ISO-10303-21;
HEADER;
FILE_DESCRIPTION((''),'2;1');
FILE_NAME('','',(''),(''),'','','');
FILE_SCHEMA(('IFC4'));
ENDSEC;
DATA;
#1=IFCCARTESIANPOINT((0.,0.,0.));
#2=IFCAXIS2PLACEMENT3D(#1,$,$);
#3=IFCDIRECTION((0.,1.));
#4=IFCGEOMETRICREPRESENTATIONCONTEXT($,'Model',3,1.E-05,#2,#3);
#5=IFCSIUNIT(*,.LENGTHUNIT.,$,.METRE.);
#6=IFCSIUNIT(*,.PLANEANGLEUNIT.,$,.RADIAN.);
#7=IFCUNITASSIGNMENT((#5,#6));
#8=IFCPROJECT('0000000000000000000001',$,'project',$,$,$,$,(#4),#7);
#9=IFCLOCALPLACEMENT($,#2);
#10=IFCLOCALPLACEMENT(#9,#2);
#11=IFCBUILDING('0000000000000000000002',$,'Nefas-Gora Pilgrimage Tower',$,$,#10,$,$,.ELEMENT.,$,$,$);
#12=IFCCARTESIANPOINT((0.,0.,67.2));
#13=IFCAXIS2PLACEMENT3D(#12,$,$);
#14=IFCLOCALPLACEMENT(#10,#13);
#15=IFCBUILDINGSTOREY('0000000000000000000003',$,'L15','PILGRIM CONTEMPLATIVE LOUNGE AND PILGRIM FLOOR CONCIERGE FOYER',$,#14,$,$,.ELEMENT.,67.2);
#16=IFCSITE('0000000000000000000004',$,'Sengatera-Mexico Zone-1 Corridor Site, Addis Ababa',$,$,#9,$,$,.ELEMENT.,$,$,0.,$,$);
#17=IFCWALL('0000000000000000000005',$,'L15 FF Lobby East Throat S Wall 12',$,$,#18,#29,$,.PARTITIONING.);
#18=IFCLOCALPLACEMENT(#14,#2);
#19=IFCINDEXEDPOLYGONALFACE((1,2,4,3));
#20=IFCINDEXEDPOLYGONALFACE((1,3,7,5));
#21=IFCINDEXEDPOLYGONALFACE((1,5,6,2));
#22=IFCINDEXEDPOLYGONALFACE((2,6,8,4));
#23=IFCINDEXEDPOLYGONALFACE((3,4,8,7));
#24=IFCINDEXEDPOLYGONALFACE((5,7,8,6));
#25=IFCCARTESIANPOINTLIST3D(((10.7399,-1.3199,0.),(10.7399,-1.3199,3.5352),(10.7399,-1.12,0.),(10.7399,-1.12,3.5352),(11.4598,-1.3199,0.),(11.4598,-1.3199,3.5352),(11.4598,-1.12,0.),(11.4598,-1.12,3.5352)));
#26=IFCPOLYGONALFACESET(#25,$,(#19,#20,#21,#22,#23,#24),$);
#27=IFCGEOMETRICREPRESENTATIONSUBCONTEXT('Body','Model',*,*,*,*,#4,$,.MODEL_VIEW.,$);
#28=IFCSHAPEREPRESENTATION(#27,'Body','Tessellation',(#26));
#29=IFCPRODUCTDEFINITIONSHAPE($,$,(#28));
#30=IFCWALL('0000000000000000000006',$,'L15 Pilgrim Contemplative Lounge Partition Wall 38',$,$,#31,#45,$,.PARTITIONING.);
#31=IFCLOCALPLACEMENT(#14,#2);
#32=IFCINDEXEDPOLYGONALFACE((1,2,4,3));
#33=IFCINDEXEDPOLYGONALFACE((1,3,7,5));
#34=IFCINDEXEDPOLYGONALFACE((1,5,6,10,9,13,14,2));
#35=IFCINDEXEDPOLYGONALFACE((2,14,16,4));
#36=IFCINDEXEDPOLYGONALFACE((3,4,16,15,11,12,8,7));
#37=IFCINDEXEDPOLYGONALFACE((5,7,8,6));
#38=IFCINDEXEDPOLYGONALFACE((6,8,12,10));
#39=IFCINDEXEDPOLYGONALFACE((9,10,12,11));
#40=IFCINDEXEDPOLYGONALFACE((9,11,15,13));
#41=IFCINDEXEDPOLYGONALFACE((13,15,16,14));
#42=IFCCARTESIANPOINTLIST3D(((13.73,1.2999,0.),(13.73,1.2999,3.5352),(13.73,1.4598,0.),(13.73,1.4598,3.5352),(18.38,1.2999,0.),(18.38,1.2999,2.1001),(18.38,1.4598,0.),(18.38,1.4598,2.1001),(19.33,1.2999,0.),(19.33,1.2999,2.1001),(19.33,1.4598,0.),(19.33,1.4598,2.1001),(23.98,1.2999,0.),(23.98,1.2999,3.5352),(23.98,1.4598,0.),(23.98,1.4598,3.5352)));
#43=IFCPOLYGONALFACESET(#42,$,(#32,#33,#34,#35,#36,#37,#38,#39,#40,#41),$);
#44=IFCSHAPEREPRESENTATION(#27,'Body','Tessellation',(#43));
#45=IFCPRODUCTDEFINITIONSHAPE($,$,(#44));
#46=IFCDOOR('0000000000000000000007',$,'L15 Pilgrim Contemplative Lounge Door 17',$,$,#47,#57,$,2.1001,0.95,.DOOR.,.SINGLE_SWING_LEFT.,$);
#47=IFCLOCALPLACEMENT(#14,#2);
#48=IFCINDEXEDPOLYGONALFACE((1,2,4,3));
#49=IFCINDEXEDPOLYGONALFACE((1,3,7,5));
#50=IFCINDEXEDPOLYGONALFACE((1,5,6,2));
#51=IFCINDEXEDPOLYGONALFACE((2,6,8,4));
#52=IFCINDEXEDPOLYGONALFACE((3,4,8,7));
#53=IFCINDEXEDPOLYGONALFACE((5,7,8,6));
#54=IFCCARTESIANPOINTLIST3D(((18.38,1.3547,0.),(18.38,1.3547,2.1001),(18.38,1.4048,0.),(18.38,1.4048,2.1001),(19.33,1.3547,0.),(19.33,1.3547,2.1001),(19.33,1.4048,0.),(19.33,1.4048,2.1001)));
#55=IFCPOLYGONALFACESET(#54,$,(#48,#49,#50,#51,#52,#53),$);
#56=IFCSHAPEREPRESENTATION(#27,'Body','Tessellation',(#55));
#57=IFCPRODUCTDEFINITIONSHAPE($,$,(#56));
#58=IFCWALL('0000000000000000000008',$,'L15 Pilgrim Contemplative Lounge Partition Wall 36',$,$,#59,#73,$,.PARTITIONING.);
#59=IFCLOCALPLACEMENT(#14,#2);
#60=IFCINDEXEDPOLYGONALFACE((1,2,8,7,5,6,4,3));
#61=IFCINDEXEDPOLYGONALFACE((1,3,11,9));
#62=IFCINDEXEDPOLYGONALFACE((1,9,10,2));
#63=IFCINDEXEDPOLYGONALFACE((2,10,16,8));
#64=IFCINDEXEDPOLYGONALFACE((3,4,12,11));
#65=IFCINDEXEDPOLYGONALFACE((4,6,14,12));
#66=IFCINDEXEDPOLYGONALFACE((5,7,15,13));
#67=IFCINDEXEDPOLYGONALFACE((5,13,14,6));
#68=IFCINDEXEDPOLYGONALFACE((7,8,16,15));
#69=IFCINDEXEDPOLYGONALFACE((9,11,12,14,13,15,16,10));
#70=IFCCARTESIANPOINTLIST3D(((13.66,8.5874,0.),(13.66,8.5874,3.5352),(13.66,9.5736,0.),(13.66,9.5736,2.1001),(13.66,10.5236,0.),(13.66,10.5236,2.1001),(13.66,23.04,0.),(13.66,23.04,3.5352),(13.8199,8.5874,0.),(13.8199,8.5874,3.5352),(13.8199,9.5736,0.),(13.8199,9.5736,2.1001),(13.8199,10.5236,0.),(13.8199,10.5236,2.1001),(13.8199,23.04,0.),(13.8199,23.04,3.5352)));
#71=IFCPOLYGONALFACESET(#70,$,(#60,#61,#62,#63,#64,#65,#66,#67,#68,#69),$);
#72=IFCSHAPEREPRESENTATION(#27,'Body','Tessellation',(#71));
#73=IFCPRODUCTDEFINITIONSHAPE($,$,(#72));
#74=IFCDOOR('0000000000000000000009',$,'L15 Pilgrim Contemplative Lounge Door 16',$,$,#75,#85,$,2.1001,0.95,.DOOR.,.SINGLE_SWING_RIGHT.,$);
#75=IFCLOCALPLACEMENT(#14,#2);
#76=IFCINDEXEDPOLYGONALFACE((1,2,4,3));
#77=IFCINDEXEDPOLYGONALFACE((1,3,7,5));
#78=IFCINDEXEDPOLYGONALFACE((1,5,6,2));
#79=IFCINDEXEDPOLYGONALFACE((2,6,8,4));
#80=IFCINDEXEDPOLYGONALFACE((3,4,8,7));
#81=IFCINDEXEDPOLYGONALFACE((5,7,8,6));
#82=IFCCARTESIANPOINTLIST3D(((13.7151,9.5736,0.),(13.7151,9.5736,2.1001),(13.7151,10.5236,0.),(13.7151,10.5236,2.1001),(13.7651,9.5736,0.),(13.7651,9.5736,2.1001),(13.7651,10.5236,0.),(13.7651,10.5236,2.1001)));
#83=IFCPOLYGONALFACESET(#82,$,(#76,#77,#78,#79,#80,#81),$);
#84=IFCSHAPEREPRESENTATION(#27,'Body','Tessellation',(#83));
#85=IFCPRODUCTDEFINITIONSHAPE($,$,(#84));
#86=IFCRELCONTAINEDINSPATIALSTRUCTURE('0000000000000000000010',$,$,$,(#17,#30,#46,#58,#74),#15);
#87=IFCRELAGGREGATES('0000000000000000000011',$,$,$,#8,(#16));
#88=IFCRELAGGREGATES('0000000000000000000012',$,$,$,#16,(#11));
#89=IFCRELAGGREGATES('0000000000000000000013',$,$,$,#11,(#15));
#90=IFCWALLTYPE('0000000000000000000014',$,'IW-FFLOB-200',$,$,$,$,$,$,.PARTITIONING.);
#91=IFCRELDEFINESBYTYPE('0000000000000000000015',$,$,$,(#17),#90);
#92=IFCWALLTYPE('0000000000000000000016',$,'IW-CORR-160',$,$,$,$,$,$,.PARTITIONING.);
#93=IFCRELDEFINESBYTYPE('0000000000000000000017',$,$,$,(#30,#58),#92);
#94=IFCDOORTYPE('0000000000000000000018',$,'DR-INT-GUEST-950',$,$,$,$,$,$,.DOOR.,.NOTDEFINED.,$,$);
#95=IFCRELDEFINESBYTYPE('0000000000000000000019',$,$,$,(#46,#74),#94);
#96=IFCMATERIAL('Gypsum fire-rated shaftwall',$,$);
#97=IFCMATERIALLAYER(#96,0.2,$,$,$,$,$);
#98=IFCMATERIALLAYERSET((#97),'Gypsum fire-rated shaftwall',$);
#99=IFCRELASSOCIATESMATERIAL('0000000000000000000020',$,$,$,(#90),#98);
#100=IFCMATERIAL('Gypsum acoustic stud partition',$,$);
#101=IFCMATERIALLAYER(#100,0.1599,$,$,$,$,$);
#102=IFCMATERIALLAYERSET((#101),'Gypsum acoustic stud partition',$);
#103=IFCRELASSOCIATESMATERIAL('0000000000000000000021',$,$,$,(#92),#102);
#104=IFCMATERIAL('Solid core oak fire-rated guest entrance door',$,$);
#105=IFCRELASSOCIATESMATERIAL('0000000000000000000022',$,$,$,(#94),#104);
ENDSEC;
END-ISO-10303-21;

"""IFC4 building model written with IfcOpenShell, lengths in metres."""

from ifc_helpers import new_model, si_unit, direction, frame, frame_2d, origin, place, context, subcontext, project, spatial, rectangle, extrude, source, transform, mapped, material, layer, layer_set, type_object, element, fill, save


model = new_model("IFC4")

# Units and contexts
model_context = context("Model", 3, precision=1e-05, world=origin(), true_north=direction((0.0, 1.0)))
body_context = subcontext(model_context, "Body", "Model", "MODEL_VIEW")
ifc_project = project(units=[si_unit("LENGTHUNIT", "METRE"), si_unit("PLANEANGLEUNIT", "RADIAN")], contexts=[model_context])

# Site, building, storey
site_placement = place(None, origin())
site = spatial("IfcSite", under=ifc_project, at=site_placement, Name="Sengatera-Mexico Zone-1 Corridor Site, Addis Ababa", CompositionType="ELEMENT", RefElevation=0.0)
building_placement = place(site_placement, origin())
building = spatial("IfcBuilding", under=site, at=building_placement, Name="Nefas-Gora Pilgrimage Tower", CompositionType="ELEMENT")
storey_placement = place(building_placement, frame((0.0, 0.0, 67.2)))
storey = spatial("IfcBuildingStorey", under=building, at=storey_placement, Name="L15", Description="PILGRIM CONTEMPLATIVE LOUNGE AND PILGRIM FLOOR CONCIERGE FOYER", CompositionType="ELEMENT", Elevation=67.2)

# Shared definitions
ifc_material_1 = material(Name="Gypsum fire-rated shaftwall")
ifc_layer_1 = layer(ifc_material_1, 0.2)
ifc_layer_set_1 = layer_set([ifc_layer_1], Name="Gypsum fire-rated shaftwall")
wall_type_1 = type_object("IfcWallType", Name="IW-FFLOB-200", PredefinedType="PARTITIONING", material=ifc_layer_set_1)

# Wall
shared_shape_1 = source(origin(), body_context, "Body", "SweptSolid", [
    extrude(rectangle(XDim=0.72, YDim=0.2, at=frame_2d((0.3599, 0.0))), origin(), (0.0, 0.0, 1.0), 3.5352),
])
wall_1_placement = place(storey_placement, frame((10.74, -1.22, 0.0), z_axis=(0.0, 0.0, 1.0), x_axis=(1.0, 0.0, 0.0)))
element("IfcWall", 1, at=wall_1_placement, inside=storey, type_object=wall_type_1, Name="L15 FF Lobby East Throat S Wall 12", PredefinedType="PARTITIONING", context=body_context, shape_type="MappedRepresentation", body=[
    mapped(shared_shape_1, transform((0.0, 0.0, 0.0), x_axis=(1.0, 0.0, 0.0), y_axis=(0.0, 1.0, 0.0), z_axis=(0.0, 0.0, 1.0), scale=1.0)),
])

# Walls, openings, doors
ifc_material_2 = material(Name="Gypsum acoustic stud partition")
ifc_layer_2 = layer(ifc_material_2, 0.1599)
ifc_layer_set_2 = layer_set([ifc_layer_2], Name="Gypsum acoustic stud partition")
wall_type_2 = type_object("IfcWallType", Name="IW-CORR-160", PredefinedType="PARTITIONING", material=ifc_layer_set_2)
shared_shape_2 = source(origin(), body_context, "Body", "SweptSolid", [
    extrude(rectangle(XDim=10.25, YDim=0.1599, at=frame_2d((5.125, 0.0))), origin(), (0.0, 0.0, 1.0), 3.5352),
])
wall_2_placement = place(storey_placement, frame((13.73, 1.3799, 0.0), z_axis=(0.0, 0.0, 1.0), x_axis=(1.0, 0.0, 0.0)))
wall_2 = element("IfcWall", 2, at=wall_2_placement, inside=storey, type_object=wall_type_2, Name="L15 Pilgrim Contemplative Lounge Partition Wall 38", PredefinedType="PARTITIONING", context=body_context, shape_type="MappedRepresentation", body=[
    mapped(shared_shape_2, transform((0.0, 0.0, 0.0), x_axis=(1.0, 0.0, 0.0), y_axis=(0.0, 1.0, 0.0), z_axis=(0.0, 0.0, 1.0), scale=1.0)),
])
opening_1_placement = place(wall_2_placement, frame((4.6499, 0.0, 0.0)))
opening_1 = element("IfcOpeningElement", 3, at=opening_1_placement, cuts=wall_2, PredefinedType="OPENING", context=body_context, shape_type="SweptSolid", body=[
    extrude(rectangle(XDim=0.95, YDim=2.1001, at=frame_2d((0.4751, 1.05))), frame((0.0, 0.0898, 0.0), z_axis=(0.0, -1.0, 0.0), x_axis=(1.0, 0.0, 0.0)), (0.0, 0.0, 1.0), 0.1799),
])
ifc_material_3 = material(Name="Solid core oak fire-rated guest entrance door")
door_type_1 = type_object("IfcDoorType", Name="DR-INT-GUEST-950", OperationType="NOTDEFINED", PredefinedType="DOOR", material=ifc_material_3)
shared_shape_3 = source(origin(), body_context, "Body", "SweptSolid", [
    extrude(rectangle(XDim=0.95, YDim=2.1001, at=frame_2d((0.4751, 1.05))), frame((0.0, 0.0249, 0.0), z_axis=(0.0, -1.0, 0.0), x_axis=(1.0, 0.0, 0.0)), (0.0, 0.0, 1.0), 0.05),
])
door_1_placement = place(opening_1_placement, origin())
door_1 = element("IfcDoor", 4, at=door_1_placement, inside=storey, type_object=door_type_1, Name="L15 Pilgrim Contemplative Lounge Door 17", OperationType="SINGLE_SWING_LEFT", OverallHeight=2.1001, OverallWidth=0.95, PredefinedType="DOOR", context=body_context, shape_type="MappedRepresentation", body=[
    mapped(shared_shape_3, transform((0.0, 0.0, 0.0), x_axis=(1.0, 0.0, 0.0), y_axis=(0.0, 1.0, 0.0), z_axis=(0.0, 0.0, 1.0), scale=1.0)),
])
fill(opening_1, door_1)
shared_shape_4 = source(origin(), body_context, "Body", "SweptSolid", [
    extrude(rectangle(XDim=14.4526, YDim=0.1599, at=frame_2d((7.2263, 0.0))), origin(), (0.0, 0.0, 1.0), 3.5352),
])
wall_3_placement = place(storey_placement, frame((13.74, 8.5874, 0.0), z_axis=(0.0, 0.0, 1.0), x_axis=(0.0, 1.0, 0.0)))
wall_3 = element("IfcWall", 5, at=wall_3_placement, inside=storey, type_object=wall_type_2, Name="L15 Pilgrim Contemplative Lounge Partition Wall 36", PredefinedType="PARTITIONING", context=body_context, shape_type="MappedRepresentation", body=[
    mapped(shared_shape_4, transform((0.0, 0.0, 0.0), x_axis=(1.0, 0.0, 0.0), y_axis=(0.0, 1.0, 0.0), z_axis=(0.0, 0.0, 1.0), scale=1.0)),
])
opening_2_placement = place(wall_3_placement, frame((0.9861, 0.0, 0.0)))
opening_2 = element("IfcOpeningElement", 6, at=opening_2_placement, cuts=wall_3, PredefinedType="OPENING", context=body_context, shape_type="SweptSolid", body=[
    extrude(rectangle(XDim=0.95, YDim=2.1001, at=frame_2d((0.4751, 1.05))), frame((0.0, 0.0898, 0.0), z_axis=(0.0, -1.0, 0.0), x_axis=(1.0, 0.0, 0.0)), (0.0, 0.0, 1.0), 0.1799),
])
door_2_placement = place(opening_2_placement, origin())
door_2 = element("IfcDoor", 7, at=door_2_placement, inside=storey, type_object=door_type_1, Name="L15 Pilgrim Contemplative Lounge Door 16", OperationType="SINGLE_SWING_RIGHT", OverallHeight=2.1001, OverallWidth=0.95, PredefinedType="DOOR", context=body_context, shape_type="MappedRepresentation", body=[
    mapped(shared_shape_3, transform((0.0, 0.0, 0.0), x_axis=(1.0, 0.0, 0.0), y_axis=(0.0, 1.0, 0.0), z_axis=(0.0, 0.0, 1.0), scale=1.0)),
])
fill(opening_2, door_2)

save(model, "model.ifc")
